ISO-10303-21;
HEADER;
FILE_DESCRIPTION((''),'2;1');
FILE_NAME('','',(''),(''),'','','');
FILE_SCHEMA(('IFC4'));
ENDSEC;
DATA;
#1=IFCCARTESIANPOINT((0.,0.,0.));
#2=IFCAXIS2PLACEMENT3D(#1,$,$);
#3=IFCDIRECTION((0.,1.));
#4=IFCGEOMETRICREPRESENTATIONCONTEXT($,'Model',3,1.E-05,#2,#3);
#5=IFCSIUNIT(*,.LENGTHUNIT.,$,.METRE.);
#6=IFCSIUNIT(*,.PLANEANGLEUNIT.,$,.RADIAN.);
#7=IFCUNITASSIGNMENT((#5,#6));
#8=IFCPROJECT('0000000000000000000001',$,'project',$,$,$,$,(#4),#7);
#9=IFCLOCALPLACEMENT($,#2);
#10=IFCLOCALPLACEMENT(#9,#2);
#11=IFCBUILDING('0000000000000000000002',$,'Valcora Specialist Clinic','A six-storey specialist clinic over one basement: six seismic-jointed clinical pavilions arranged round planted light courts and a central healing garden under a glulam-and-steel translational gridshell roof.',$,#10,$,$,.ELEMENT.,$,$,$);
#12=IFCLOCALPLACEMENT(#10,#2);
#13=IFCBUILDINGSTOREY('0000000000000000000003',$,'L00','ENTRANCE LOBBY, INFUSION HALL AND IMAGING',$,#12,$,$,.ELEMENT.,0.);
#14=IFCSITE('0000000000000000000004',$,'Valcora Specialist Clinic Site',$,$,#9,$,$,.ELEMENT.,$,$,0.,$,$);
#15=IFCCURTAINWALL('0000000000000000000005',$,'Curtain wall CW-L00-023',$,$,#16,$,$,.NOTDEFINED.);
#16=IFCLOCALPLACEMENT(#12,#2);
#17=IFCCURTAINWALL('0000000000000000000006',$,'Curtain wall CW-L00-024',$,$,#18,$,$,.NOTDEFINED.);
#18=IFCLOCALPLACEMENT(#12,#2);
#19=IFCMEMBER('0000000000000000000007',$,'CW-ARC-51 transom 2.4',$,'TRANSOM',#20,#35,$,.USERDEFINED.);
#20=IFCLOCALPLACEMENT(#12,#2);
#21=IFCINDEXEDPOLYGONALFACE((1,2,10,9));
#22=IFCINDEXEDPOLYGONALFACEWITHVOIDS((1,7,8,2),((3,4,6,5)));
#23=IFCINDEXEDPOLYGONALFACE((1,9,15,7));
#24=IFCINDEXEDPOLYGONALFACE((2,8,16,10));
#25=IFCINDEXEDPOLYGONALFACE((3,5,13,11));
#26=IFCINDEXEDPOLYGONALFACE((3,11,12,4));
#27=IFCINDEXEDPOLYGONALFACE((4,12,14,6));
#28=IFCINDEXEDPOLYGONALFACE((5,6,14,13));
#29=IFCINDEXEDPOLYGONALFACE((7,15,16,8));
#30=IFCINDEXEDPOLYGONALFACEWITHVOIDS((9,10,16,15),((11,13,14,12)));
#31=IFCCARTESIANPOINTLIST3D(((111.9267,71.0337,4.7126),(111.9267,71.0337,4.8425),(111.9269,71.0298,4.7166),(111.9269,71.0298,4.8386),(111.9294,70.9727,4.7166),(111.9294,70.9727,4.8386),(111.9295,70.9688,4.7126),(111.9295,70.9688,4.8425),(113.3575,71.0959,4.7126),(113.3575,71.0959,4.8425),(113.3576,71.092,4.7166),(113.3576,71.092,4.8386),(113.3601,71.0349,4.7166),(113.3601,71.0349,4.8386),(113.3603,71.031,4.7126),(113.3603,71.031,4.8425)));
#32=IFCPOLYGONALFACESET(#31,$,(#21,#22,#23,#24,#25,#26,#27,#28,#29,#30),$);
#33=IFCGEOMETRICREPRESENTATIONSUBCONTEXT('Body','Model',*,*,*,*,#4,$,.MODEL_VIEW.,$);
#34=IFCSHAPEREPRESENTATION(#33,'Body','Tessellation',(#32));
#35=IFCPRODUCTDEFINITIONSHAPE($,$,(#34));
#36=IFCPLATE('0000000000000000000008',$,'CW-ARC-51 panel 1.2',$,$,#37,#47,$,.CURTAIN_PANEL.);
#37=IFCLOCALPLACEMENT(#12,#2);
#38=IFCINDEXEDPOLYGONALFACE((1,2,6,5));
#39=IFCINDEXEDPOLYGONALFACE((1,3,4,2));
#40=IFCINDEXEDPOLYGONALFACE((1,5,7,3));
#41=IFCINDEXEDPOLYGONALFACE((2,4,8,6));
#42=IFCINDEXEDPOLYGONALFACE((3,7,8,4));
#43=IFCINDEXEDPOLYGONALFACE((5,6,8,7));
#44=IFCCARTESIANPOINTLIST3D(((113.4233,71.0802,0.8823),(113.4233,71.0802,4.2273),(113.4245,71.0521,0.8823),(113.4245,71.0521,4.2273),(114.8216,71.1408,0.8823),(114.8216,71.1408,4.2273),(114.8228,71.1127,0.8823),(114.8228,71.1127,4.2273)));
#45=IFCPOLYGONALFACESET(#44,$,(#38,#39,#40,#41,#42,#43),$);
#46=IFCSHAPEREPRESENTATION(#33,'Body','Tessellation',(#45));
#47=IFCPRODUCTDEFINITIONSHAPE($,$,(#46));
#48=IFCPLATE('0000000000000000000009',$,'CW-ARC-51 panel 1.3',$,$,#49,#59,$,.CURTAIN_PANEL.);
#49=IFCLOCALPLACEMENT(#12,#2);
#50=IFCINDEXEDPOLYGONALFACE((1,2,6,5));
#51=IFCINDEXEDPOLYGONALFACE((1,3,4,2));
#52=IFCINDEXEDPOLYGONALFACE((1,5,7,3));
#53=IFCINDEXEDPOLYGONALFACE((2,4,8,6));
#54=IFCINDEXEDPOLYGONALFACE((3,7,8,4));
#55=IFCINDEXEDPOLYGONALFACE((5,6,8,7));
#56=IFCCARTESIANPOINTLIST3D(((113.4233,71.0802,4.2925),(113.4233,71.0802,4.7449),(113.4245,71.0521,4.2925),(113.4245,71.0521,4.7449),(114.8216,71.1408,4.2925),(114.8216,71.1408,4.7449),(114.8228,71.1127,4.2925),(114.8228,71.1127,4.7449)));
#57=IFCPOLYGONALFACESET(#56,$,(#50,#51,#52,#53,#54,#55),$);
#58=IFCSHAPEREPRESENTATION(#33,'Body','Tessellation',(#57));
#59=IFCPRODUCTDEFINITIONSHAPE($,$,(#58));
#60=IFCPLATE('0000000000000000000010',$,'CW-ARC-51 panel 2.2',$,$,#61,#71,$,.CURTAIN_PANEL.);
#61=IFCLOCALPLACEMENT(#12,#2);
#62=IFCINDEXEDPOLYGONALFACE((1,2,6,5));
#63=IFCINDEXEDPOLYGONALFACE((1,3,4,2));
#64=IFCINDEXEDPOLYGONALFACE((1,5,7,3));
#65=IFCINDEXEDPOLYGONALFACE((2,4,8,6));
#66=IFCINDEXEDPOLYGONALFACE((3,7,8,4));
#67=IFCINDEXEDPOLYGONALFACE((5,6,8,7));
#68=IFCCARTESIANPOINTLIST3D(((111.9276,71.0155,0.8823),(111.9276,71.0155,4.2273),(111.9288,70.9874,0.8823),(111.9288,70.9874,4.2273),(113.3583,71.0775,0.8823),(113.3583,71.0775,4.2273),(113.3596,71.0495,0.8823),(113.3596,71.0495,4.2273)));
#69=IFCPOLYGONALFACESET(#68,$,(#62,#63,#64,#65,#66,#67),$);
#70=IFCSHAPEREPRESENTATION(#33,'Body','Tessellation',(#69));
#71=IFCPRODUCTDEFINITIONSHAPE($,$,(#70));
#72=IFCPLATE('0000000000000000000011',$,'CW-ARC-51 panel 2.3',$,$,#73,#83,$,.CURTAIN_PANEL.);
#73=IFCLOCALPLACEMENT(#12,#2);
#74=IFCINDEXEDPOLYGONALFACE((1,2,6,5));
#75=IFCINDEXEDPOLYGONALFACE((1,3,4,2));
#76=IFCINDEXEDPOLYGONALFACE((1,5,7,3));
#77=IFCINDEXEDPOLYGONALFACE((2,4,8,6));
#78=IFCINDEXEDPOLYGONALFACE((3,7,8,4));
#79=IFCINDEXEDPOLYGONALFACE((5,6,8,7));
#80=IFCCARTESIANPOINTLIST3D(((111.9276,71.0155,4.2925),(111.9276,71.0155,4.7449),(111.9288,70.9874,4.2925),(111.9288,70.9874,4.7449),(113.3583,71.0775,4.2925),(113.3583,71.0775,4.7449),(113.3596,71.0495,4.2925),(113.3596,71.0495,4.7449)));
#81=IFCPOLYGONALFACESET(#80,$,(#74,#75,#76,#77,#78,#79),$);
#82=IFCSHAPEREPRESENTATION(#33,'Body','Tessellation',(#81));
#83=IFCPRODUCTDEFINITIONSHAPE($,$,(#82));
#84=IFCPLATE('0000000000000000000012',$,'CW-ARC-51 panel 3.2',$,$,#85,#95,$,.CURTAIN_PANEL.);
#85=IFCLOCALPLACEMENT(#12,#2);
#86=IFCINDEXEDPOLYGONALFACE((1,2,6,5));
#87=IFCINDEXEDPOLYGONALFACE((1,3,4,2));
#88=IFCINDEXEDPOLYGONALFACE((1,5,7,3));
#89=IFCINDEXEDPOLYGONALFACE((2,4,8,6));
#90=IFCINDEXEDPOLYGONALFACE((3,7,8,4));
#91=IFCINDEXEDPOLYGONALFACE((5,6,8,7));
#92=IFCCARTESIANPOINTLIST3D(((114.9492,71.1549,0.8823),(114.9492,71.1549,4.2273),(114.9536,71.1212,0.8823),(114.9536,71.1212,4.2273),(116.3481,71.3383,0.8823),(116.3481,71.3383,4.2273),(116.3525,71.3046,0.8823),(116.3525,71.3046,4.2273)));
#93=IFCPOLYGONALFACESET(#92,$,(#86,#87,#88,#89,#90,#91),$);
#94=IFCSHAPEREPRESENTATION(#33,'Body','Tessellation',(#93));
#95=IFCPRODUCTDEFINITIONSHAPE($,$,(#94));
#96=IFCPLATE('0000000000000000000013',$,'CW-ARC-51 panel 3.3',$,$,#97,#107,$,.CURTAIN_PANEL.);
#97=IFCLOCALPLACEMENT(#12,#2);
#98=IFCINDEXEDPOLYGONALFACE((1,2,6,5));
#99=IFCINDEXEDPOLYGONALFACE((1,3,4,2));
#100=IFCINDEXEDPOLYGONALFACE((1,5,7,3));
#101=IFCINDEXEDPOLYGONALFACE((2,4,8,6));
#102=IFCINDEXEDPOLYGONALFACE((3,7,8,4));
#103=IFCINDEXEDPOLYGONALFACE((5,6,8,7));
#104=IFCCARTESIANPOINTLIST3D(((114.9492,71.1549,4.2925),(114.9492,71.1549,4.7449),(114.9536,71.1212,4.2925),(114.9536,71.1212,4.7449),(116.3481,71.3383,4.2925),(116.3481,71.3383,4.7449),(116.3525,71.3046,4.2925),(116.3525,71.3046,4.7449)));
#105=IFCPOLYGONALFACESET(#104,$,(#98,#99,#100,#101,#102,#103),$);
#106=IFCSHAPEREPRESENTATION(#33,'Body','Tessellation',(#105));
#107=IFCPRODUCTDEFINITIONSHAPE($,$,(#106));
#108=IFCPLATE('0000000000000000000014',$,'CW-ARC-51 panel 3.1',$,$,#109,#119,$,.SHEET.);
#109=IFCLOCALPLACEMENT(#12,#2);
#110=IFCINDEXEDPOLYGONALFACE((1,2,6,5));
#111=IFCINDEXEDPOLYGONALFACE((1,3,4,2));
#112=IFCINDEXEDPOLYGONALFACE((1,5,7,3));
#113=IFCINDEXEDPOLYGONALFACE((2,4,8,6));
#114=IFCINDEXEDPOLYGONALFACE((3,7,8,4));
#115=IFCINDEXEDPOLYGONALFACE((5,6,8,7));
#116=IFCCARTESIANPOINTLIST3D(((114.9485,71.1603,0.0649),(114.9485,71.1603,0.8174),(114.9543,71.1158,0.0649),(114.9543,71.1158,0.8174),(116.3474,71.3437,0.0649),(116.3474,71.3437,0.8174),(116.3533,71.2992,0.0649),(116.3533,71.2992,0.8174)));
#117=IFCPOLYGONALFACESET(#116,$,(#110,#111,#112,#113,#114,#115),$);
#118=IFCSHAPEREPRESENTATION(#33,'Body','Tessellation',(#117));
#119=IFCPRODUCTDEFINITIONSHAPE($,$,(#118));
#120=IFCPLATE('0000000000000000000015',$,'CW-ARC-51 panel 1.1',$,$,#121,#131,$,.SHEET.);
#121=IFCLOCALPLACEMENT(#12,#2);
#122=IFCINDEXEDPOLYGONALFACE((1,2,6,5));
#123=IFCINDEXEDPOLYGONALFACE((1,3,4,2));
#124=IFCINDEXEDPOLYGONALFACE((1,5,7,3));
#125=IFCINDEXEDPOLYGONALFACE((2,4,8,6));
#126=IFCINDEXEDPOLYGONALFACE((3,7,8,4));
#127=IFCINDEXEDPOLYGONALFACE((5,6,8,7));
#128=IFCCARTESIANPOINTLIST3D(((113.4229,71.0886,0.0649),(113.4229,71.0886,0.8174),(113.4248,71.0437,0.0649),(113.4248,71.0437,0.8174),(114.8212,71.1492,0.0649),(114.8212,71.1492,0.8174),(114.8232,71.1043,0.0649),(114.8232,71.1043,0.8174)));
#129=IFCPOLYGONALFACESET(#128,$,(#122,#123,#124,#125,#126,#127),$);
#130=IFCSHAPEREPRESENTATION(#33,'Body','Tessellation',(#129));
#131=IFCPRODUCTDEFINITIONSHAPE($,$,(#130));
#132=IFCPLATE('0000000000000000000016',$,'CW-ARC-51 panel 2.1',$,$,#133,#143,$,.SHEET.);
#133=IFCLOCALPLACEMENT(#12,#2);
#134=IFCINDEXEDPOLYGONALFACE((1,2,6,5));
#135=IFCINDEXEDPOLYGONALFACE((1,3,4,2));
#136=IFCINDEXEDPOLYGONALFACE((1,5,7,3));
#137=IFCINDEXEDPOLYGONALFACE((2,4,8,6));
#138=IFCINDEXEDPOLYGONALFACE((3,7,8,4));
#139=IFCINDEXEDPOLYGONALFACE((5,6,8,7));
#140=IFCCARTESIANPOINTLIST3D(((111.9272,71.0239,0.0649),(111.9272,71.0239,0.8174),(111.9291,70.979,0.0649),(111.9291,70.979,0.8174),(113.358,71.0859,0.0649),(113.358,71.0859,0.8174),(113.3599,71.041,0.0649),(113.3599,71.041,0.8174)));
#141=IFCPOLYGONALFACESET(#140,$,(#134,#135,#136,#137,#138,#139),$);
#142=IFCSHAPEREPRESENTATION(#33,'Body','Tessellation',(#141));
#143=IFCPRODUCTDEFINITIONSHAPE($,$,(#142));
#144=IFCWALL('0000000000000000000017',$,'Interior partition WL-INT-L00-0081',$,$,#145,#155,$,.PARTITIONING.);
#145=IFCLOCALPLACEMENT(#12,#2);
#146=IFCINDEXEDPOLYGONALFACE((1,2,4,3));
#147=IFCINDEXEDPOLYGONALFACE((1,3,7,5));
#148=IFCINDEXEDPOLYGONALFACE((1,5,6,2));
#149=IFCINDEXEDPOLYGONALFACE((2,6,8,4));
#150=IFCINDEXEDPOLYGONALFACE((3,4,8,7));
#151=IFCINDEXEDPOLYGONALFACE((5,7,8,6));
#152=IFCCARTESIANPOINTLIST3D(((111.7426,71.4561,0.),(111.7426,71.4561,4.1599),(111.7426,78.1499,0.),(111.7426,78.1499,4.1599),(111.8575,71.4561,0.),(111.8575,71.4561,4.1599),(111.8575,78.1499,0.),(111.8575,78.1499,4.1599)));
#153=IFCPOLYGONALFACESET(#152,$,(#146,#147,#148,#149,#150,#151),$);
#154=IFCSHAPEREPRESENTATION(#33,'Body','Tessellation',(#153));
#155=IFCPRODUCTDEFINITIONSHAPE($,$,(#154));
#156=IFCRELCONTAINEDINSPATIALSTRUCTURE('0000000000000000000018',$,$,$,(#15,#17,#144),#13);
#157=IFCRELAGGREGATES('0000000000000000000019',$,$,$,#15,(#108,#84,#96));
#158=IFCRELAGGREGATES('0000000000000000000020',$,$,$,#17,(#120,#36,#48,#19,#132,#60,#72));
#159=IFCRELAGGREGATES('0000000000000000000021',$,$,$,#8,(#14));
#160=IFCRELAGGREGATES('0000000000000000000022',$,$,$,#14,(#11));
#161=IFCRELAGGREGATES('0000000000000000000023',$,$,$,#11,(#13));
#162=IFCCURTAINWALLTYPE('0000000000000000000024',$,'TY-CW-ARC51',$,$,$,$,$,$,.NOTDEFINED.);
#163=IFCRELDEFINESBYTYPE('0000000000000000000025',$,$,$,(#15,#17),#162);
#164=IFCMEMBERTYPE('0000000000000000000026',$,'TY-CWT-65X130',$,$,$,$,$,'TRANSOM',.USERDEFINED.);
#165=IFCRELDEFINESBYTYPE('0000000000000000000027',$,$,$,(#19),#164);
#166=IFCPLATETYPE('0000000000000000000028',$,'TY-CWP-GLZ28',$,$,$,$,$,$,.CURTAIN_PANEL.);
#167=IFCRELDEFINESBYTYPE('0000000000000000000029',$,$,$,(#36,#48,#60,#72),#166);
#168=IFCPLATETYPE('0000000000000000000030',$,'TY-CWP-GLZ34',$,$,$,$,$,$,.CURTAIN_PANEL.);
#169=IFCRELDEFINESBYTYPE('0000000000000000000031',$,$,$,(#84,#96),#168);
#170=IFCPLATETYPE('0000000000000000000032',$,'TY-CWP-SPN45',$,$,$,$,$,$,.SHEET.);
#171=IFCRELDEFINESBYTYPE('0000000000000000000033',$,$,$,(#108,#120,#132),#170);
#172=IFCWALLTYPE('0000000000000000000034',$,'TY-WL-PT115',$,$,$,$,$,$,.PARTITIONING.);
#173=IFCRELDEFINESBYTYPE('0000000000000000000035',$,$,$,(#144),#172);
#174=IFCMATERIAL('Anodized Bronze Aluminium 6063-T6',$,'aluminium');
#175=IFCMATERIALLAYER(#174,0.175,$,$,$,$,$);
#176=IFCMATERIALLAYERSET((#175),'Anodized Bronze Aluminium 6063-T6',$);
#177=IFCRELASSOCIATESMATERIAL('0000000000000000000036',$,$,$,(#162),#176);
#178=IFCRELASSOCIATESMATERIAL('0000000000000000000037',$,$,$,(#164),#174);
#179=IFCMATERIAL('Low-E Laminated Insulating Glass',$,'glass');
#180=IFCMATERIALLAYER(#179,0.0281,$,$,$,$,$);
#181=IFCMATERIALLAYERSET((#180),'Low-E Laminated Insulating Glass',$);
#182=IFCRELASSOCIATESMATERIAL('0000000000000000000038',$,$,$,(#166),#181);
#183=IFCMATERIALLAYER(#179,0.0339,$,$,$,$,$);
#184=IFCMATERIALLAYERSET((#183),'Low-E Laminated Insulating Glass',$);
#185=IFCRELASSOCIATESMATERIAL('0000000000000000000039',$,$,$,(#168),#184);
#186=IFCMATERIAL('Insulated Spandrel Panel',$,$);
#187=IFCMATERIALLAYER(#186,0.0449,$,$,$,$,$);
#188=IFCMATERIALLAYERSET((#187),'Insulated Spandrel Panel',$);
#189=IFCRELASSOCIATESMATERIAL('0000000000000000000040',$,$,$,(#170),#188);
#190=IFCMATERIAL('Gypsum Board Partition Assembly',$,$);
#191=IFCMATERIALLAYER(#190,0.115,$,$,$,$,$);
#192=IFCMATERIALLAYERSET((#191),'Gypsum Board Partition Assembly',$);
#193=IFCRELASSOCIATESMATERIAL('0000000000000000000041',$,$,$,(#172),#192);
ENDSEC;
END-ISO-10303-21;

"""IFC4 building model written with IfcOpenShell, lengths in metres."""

from ifc_helpers import new_model, si_unit, direction, frame, frame_2d, origin, origin_2d, place, context, subcontext, project, spatial, rectangle, hollow_rectangle, extrude, material, layer, layer_set, material_profile, profile_set, type_object, element, aggregate, save


model = new_model("IFC4")

# Units and contexts
model_context = context("Model", 3, precision=1e-05, world=origin(), true_north=direction((0.0, 1.0)))
body_context = subcontext(model_context, "Body", "Model", "MODEL_VIEW")
ifc_project = project(units=[si_unit("LENGTHUNIT", "METRE"), si_unit("PLANEANGLEUNIT", "RADIAN")], contexts=[model_context])

# Site, building, storey
site_placement = place(None, origin())
site = spatial("IfcSite", under=ifc_project, at=site_placement, Name="Valcora Specialist Clinic Site", CompositionType="ELEMENT", RefElevation=0.0)
building_placement = place(site_placement, origin())
building = spatial("IfcBuilding", under=site, at=building_placement, Name="Valcora Specialist Clinic", Description="A six-storey specialist clinic over one basement: six seismic-jointed clinical pavilions arranged round planted light courts and a central healing garden under a glulam-and-steel translational gridshell roof.", CompositionType="ELEMENT")
storey_placement = place(building_placement, origin())
storey = spatial("IfcBuildingStorey", under=building, at=storey_placement, Name="L00", Description="ENTRANCE LOBBY, INFUSION HALL AND IMAGING", CompositionType="ELEMENT", Elevation=0.0)

# Curtain wall
ifc_material_1 = material(Name="Anodized Bronze Aluminium 6063-T6", Category="aluminium")
ifc_layer_1 = layer(ifc_material_1, 0.175)
ifc_layer_set_1 = layer_set([ifc_layer_1], Name="Anodized Bronze Aluminium 6063-T6")
curtain_wall_type = type_object("IfcCurtainWallType", Name="TY-CW-ARC51", PredefinedType="NOTDEFINED", material=ifc_layer_set_1)
curtain_wall_1_placement = place(storey_placement, origin())
curtain_wall_1 = element("IfcCurtainWall", 1, at=curtain_wall_1_placement, inside=storey, type_object=curtain_wall_type, Name="Curtain wall CW-L00-023", PredefinedType="NOTDEFINED")

# Curtain wall
curtain_wall_2_placement = place(storey_placement, origin())
curtain_wall_2 = element("IfcCurtainWall", 2, at=curtain_wall_2_placement, inside=storey, type_object=curtain_wall_type, Name="Curtain wall CW-L00-024", PredefinedType="NOTDEFINED")

# Member
ifc_material_profile_1 = material_profile(ifc_material_1, hollow_rectangle(XDim=0.0649, YDim=0.1299, WallThickness=0.0039, at=origin_2d()), Name="AL-TRN-65X130")
ifc_profile_set_1 = profile_set([ifc_material_profile_1], Name="Anodized Bronze Aluminium 6063-T6")
member_type_1 = type_object("IfcMemberType", Name="TY-CWT-65X130", ElementType="TRANSOM", PredefinedType="USERDEFINED", material=ifc_profile_set_1)
member_1_placement = place(storey_placement, frame((113.3589, 71.0635, 4.7776), z_axis=(-0.999055, -0.043474, 0.0), x_axis=(0.043474, -0.999055, 0.0)))
member_1 = element("IfcMember", 3, at=member_1_placement, type_object=member_type_1, Name="CW-ARC-51 transom 2.4", ObjectType="TRANSOM", PredefinedType="USERDEFINED", context=body_context, shape_type="SweptSolid", body=[
    extrude(hollow_rectangle(XDim=0.0649, YDim=0.1299, WallThickness=0.0039, at=origin_2d()), origin(), (0.0, 0.0, 1.0), 1.4321),
])

# Plates
ifc_material_2 = material(Name="Low-E Laminated Insulating Glass", Category="glass")
ifc_layer_2 = layer(ifc_material_2, 0.0281)
ifc_layer_set_2 = layer_set([ifc_layer_2], Name="Low-E Laminated Insulating Glass")
plate_type_1 = type_object("IfcPlateType", Name="TY-CWP-GLZ28", PredefinedType="CURTAIN_PANEL", material=ifc_layer_set_2)
plate_1_placement = place(storey_placement, frame((114.123, 71.0964, 0.8823), z_axis=(0.0, 0.0, 1.0), x_axis=(-0.999062, -0.043307, 0.0)))
plate_1 = element("IfcPlate", 4, at=plate_1_placement, type_object=plate_type_1, Name="CW-ARC-51 panel 1.2", PredefinedType="CURTAIN_PANEL", context=body_context, shape_type="SweptSolid", body=[
    extrude(rectangle(XDim=1.3997, YDim=0.0281, at=origin_2d()), origin(), (0.0, 0.0, 1.0), 3.345),
])
plate_2_placement = place(storey_placement, frame((114.123, 71.0964, 4.2925), z_axis=(0.0, 0.0, 1.0), x_axis=(-0.999062, -0.043307, 0.0)))
plate_2 = element("IfcPlate", 5, at=plate_2_placement, type_object=plate_type_1, Name="CW-ARC-51 panel 1.3", PredefinedType="CURTAIN_PANEL", context=body_context, shape_type="SweptSolid", body=[
    extrude(rectangle(XDim=1.3997, YDim=0.0281, at=origin_2d()), origin(), (0.0, 0.0, 1.0), 0.4524),
])
plate_3_placement = place(storey_placement, frame((112.6436, 71.0325, 0.8823), z_axis=(0.0, 0.0, 1.0), x_axis=(-0.999062, -0.043307, 0.0)))
plate_3 = element("IfcPlate", 6, at=plate_3_placement, type_object=plate_type_1, Name="CW-ARC-51 panel 2.2", PredefinedType="CURTAIN_PANEL", context=body_context, shape_type="SweptSolid", body=[
    extrude(rectangle(XDim=1.4321, YDim=0.0281, at=origin_2d()), origin(), (0.0, 0.0, 1.0), 3.345),
])
plate_4_placement = place(storey_placement, frame((112.6436, 71.0325, 4.2925), z_axis=(0.0, 0.0, 1.0), x_axis=(-0.999062, -0.043307, 0.0)))
plate_4 = element("IfcPlate", 7, at=plate_4_placement, type_object=plate_type_1, Name="CW-ARC-51 panel 2.3", PredefinedType="CURTAIN_PANEL", context=body_context, shape_type="SweptSolid", body=[
    extrude(rectangle(XDim=1.4321, YDim=0.0281, at=origin_2d()), origin(), (0.0, 0.0, 1.0), 0.4524),
])
ifc_layer_3 = layer(ifc_material_2, 0.0339)
ifc_layer_set_3 = layer_set([ifc_layer_3], Name="Low-E Laminated Insulating Glass")
plate_type_2 = type_object("IfcPlateType", Name="TY-CWP-GLZ34", PredefinedType="CURTAIN_PANEL", material=ifc_layer_set_3)
plate_5_placement = place(storey_placement, frame((115.6509, 71.2297, 0.8823), z_axis=(0.0, 0.0, 1.0), x_axis=(-0.991514, -0.129999, 0.0)))
plate_5 = element("IfcPlate", 8, at=plate_5_placement, type_object=plate_type_2, Name="CW-ARC-51 panel 3.2", PredefinedType="CURTAIN_PANEL", context=body_context, shape_type="SweptSolid", body=[
    extrude(rectangle(XDim=1.4109, YDim=0.0339, at=origin_2d()), origin(), (0.0, 0.0, 1.0), 3.345),
])
plate_6_placement = place(storey_placement, frame((115.6509, 71.2297, 4.2925), z_axis=(0.0, 0.0, 1.0), x_axis=(-0.991514, -0.129999, 0.0)))
plate_6 = element("IfcPlate", 9, at=plate_6_placement, type_object=plate_type_2, Name="CW-ARC-51 panel 3.3", PredefinedType="CURTAIN_PANEL", context=body_context, shape_type="SweptSolid", body=[
    extrude(rectangle(XDim=1.4109, YDim=0.0339, at=origin_2d()), origin(), (0.0, 0.0, 1.0), 0.4524),
])
ifc_material_3 = material(Name="Insulated Spandrel Panel")
ifc_layer_4 = layer(ifc_material_3, 0.0449)
ifc_layer_set_4 = layer_set([ifc_layer_4], Name="Insulated Spandrel Panel")
plate_type_3 = type_object("IfcPlateType", Name="TY-CWP-SPN45", PredefinedType="SHEET", material=ifc_layer_set_4)
plate_7_placement = place(storey_placement, frame((115.6509, 71.2297, 0.0649), z_axis=(0.0, 0.0, 1.0), x_axis=(-0.991514, -0.129999, 0.0)))
plate_7 = element("IfcPlate", 10, at=plate_7_placement, type_object=plate_type_3, Name="CW-ARC-51 panel 3.1", PredefinedType="SHEET", context=body_context, shape_type="SweptSolid", body=[
    extrude(rectangle(XDim=1.4109, YDim=0.0449, at=origin_2d()), origin(), (0.0, 0.0, 1.0), 0.7524),
])
aggregate(curtain_wall_1, [plate_7, plate_5, plate_6])
plate_8_placement = place(storey_placement, frame((114.123, 71.0964, 0.0649), z_axis=(0.0, 0.0, 1.0), x_axis=(-0.999062, -0.043307, 0.0)))
plate_8 = element("IfcPlate", 11, at=plate_8_placement, type_object=plate_type_3, Name="CW-ARC-51 panel 1.1", PredefinedType="SHEET", context=body_context, shape_type="SweptSolid", body=[
    extrude(rectangle(XDim=1.3997, YDim=0.0449, at=origin_2d()), origin(), (0.0, 0.0, 1.0), 0.7524),
])
plate_9_placement = place(storey_placement, frame((112.6436, 71.0325, 0.0649), z_axis=(0.0, 0.0, 1.0), x_axis=(-0.999062, -0.043307, 0.0)))
plate_9 = element("IfcPlate", 12, at=plate_9_placement, type_object=plate_type_3, Name="CW-ARC-51 panel 2.1", PredefinedType="SHEET", context=body_context, shape_type="SweptSolid", body=[
    extrude(rectangle(XDim=1.4321, YDim=0.0449, at=origin_2d()), origin(), (0.0, 0.0, 1.0), 0.7524),
])
aggregate(curtain_wall_2, [plate_8, plate_1, plate_2, member_1, plate_9, plate_3, plate_4])

# Wall
ifc_material_4 = material(Name="Gypsum Board Partition Assembly")
ifc_layer_5 = layer(ifc_material_4, 0.115)
ifc_layer_set_5 = layer_set([ifc_layer_5], Name="Gypsum Board Partition Assembly")
wall_type = type_object("IfcWallType", Name="TY-WL-PT115", PredefinedType="PARTITIONING", material=ifc_layer_set_5)
wall_placement = place(storey_placement, frame((111.8, 71.4561, 0.0), z_axis=(0.0, 0.0, 1.0), x_axis=(0.0, 1.0, 0.0)))
element("IfcWall", 13, at=wall_placement, inside=storey, type_object=wall_type, Name="Interior partition WL-INT-L00-0081", PredefinedType="PARTITIONING", context=body_context, shape_type="SweptSolid", body=[
    extrude(rectangle(XDim=6.6938, YDim=0.115, at=frame_2d((3.3469, 0.0))), origin(), (0.0, 0.0, 1.0), 4.1599),
])

save(model, "model.ifc")
